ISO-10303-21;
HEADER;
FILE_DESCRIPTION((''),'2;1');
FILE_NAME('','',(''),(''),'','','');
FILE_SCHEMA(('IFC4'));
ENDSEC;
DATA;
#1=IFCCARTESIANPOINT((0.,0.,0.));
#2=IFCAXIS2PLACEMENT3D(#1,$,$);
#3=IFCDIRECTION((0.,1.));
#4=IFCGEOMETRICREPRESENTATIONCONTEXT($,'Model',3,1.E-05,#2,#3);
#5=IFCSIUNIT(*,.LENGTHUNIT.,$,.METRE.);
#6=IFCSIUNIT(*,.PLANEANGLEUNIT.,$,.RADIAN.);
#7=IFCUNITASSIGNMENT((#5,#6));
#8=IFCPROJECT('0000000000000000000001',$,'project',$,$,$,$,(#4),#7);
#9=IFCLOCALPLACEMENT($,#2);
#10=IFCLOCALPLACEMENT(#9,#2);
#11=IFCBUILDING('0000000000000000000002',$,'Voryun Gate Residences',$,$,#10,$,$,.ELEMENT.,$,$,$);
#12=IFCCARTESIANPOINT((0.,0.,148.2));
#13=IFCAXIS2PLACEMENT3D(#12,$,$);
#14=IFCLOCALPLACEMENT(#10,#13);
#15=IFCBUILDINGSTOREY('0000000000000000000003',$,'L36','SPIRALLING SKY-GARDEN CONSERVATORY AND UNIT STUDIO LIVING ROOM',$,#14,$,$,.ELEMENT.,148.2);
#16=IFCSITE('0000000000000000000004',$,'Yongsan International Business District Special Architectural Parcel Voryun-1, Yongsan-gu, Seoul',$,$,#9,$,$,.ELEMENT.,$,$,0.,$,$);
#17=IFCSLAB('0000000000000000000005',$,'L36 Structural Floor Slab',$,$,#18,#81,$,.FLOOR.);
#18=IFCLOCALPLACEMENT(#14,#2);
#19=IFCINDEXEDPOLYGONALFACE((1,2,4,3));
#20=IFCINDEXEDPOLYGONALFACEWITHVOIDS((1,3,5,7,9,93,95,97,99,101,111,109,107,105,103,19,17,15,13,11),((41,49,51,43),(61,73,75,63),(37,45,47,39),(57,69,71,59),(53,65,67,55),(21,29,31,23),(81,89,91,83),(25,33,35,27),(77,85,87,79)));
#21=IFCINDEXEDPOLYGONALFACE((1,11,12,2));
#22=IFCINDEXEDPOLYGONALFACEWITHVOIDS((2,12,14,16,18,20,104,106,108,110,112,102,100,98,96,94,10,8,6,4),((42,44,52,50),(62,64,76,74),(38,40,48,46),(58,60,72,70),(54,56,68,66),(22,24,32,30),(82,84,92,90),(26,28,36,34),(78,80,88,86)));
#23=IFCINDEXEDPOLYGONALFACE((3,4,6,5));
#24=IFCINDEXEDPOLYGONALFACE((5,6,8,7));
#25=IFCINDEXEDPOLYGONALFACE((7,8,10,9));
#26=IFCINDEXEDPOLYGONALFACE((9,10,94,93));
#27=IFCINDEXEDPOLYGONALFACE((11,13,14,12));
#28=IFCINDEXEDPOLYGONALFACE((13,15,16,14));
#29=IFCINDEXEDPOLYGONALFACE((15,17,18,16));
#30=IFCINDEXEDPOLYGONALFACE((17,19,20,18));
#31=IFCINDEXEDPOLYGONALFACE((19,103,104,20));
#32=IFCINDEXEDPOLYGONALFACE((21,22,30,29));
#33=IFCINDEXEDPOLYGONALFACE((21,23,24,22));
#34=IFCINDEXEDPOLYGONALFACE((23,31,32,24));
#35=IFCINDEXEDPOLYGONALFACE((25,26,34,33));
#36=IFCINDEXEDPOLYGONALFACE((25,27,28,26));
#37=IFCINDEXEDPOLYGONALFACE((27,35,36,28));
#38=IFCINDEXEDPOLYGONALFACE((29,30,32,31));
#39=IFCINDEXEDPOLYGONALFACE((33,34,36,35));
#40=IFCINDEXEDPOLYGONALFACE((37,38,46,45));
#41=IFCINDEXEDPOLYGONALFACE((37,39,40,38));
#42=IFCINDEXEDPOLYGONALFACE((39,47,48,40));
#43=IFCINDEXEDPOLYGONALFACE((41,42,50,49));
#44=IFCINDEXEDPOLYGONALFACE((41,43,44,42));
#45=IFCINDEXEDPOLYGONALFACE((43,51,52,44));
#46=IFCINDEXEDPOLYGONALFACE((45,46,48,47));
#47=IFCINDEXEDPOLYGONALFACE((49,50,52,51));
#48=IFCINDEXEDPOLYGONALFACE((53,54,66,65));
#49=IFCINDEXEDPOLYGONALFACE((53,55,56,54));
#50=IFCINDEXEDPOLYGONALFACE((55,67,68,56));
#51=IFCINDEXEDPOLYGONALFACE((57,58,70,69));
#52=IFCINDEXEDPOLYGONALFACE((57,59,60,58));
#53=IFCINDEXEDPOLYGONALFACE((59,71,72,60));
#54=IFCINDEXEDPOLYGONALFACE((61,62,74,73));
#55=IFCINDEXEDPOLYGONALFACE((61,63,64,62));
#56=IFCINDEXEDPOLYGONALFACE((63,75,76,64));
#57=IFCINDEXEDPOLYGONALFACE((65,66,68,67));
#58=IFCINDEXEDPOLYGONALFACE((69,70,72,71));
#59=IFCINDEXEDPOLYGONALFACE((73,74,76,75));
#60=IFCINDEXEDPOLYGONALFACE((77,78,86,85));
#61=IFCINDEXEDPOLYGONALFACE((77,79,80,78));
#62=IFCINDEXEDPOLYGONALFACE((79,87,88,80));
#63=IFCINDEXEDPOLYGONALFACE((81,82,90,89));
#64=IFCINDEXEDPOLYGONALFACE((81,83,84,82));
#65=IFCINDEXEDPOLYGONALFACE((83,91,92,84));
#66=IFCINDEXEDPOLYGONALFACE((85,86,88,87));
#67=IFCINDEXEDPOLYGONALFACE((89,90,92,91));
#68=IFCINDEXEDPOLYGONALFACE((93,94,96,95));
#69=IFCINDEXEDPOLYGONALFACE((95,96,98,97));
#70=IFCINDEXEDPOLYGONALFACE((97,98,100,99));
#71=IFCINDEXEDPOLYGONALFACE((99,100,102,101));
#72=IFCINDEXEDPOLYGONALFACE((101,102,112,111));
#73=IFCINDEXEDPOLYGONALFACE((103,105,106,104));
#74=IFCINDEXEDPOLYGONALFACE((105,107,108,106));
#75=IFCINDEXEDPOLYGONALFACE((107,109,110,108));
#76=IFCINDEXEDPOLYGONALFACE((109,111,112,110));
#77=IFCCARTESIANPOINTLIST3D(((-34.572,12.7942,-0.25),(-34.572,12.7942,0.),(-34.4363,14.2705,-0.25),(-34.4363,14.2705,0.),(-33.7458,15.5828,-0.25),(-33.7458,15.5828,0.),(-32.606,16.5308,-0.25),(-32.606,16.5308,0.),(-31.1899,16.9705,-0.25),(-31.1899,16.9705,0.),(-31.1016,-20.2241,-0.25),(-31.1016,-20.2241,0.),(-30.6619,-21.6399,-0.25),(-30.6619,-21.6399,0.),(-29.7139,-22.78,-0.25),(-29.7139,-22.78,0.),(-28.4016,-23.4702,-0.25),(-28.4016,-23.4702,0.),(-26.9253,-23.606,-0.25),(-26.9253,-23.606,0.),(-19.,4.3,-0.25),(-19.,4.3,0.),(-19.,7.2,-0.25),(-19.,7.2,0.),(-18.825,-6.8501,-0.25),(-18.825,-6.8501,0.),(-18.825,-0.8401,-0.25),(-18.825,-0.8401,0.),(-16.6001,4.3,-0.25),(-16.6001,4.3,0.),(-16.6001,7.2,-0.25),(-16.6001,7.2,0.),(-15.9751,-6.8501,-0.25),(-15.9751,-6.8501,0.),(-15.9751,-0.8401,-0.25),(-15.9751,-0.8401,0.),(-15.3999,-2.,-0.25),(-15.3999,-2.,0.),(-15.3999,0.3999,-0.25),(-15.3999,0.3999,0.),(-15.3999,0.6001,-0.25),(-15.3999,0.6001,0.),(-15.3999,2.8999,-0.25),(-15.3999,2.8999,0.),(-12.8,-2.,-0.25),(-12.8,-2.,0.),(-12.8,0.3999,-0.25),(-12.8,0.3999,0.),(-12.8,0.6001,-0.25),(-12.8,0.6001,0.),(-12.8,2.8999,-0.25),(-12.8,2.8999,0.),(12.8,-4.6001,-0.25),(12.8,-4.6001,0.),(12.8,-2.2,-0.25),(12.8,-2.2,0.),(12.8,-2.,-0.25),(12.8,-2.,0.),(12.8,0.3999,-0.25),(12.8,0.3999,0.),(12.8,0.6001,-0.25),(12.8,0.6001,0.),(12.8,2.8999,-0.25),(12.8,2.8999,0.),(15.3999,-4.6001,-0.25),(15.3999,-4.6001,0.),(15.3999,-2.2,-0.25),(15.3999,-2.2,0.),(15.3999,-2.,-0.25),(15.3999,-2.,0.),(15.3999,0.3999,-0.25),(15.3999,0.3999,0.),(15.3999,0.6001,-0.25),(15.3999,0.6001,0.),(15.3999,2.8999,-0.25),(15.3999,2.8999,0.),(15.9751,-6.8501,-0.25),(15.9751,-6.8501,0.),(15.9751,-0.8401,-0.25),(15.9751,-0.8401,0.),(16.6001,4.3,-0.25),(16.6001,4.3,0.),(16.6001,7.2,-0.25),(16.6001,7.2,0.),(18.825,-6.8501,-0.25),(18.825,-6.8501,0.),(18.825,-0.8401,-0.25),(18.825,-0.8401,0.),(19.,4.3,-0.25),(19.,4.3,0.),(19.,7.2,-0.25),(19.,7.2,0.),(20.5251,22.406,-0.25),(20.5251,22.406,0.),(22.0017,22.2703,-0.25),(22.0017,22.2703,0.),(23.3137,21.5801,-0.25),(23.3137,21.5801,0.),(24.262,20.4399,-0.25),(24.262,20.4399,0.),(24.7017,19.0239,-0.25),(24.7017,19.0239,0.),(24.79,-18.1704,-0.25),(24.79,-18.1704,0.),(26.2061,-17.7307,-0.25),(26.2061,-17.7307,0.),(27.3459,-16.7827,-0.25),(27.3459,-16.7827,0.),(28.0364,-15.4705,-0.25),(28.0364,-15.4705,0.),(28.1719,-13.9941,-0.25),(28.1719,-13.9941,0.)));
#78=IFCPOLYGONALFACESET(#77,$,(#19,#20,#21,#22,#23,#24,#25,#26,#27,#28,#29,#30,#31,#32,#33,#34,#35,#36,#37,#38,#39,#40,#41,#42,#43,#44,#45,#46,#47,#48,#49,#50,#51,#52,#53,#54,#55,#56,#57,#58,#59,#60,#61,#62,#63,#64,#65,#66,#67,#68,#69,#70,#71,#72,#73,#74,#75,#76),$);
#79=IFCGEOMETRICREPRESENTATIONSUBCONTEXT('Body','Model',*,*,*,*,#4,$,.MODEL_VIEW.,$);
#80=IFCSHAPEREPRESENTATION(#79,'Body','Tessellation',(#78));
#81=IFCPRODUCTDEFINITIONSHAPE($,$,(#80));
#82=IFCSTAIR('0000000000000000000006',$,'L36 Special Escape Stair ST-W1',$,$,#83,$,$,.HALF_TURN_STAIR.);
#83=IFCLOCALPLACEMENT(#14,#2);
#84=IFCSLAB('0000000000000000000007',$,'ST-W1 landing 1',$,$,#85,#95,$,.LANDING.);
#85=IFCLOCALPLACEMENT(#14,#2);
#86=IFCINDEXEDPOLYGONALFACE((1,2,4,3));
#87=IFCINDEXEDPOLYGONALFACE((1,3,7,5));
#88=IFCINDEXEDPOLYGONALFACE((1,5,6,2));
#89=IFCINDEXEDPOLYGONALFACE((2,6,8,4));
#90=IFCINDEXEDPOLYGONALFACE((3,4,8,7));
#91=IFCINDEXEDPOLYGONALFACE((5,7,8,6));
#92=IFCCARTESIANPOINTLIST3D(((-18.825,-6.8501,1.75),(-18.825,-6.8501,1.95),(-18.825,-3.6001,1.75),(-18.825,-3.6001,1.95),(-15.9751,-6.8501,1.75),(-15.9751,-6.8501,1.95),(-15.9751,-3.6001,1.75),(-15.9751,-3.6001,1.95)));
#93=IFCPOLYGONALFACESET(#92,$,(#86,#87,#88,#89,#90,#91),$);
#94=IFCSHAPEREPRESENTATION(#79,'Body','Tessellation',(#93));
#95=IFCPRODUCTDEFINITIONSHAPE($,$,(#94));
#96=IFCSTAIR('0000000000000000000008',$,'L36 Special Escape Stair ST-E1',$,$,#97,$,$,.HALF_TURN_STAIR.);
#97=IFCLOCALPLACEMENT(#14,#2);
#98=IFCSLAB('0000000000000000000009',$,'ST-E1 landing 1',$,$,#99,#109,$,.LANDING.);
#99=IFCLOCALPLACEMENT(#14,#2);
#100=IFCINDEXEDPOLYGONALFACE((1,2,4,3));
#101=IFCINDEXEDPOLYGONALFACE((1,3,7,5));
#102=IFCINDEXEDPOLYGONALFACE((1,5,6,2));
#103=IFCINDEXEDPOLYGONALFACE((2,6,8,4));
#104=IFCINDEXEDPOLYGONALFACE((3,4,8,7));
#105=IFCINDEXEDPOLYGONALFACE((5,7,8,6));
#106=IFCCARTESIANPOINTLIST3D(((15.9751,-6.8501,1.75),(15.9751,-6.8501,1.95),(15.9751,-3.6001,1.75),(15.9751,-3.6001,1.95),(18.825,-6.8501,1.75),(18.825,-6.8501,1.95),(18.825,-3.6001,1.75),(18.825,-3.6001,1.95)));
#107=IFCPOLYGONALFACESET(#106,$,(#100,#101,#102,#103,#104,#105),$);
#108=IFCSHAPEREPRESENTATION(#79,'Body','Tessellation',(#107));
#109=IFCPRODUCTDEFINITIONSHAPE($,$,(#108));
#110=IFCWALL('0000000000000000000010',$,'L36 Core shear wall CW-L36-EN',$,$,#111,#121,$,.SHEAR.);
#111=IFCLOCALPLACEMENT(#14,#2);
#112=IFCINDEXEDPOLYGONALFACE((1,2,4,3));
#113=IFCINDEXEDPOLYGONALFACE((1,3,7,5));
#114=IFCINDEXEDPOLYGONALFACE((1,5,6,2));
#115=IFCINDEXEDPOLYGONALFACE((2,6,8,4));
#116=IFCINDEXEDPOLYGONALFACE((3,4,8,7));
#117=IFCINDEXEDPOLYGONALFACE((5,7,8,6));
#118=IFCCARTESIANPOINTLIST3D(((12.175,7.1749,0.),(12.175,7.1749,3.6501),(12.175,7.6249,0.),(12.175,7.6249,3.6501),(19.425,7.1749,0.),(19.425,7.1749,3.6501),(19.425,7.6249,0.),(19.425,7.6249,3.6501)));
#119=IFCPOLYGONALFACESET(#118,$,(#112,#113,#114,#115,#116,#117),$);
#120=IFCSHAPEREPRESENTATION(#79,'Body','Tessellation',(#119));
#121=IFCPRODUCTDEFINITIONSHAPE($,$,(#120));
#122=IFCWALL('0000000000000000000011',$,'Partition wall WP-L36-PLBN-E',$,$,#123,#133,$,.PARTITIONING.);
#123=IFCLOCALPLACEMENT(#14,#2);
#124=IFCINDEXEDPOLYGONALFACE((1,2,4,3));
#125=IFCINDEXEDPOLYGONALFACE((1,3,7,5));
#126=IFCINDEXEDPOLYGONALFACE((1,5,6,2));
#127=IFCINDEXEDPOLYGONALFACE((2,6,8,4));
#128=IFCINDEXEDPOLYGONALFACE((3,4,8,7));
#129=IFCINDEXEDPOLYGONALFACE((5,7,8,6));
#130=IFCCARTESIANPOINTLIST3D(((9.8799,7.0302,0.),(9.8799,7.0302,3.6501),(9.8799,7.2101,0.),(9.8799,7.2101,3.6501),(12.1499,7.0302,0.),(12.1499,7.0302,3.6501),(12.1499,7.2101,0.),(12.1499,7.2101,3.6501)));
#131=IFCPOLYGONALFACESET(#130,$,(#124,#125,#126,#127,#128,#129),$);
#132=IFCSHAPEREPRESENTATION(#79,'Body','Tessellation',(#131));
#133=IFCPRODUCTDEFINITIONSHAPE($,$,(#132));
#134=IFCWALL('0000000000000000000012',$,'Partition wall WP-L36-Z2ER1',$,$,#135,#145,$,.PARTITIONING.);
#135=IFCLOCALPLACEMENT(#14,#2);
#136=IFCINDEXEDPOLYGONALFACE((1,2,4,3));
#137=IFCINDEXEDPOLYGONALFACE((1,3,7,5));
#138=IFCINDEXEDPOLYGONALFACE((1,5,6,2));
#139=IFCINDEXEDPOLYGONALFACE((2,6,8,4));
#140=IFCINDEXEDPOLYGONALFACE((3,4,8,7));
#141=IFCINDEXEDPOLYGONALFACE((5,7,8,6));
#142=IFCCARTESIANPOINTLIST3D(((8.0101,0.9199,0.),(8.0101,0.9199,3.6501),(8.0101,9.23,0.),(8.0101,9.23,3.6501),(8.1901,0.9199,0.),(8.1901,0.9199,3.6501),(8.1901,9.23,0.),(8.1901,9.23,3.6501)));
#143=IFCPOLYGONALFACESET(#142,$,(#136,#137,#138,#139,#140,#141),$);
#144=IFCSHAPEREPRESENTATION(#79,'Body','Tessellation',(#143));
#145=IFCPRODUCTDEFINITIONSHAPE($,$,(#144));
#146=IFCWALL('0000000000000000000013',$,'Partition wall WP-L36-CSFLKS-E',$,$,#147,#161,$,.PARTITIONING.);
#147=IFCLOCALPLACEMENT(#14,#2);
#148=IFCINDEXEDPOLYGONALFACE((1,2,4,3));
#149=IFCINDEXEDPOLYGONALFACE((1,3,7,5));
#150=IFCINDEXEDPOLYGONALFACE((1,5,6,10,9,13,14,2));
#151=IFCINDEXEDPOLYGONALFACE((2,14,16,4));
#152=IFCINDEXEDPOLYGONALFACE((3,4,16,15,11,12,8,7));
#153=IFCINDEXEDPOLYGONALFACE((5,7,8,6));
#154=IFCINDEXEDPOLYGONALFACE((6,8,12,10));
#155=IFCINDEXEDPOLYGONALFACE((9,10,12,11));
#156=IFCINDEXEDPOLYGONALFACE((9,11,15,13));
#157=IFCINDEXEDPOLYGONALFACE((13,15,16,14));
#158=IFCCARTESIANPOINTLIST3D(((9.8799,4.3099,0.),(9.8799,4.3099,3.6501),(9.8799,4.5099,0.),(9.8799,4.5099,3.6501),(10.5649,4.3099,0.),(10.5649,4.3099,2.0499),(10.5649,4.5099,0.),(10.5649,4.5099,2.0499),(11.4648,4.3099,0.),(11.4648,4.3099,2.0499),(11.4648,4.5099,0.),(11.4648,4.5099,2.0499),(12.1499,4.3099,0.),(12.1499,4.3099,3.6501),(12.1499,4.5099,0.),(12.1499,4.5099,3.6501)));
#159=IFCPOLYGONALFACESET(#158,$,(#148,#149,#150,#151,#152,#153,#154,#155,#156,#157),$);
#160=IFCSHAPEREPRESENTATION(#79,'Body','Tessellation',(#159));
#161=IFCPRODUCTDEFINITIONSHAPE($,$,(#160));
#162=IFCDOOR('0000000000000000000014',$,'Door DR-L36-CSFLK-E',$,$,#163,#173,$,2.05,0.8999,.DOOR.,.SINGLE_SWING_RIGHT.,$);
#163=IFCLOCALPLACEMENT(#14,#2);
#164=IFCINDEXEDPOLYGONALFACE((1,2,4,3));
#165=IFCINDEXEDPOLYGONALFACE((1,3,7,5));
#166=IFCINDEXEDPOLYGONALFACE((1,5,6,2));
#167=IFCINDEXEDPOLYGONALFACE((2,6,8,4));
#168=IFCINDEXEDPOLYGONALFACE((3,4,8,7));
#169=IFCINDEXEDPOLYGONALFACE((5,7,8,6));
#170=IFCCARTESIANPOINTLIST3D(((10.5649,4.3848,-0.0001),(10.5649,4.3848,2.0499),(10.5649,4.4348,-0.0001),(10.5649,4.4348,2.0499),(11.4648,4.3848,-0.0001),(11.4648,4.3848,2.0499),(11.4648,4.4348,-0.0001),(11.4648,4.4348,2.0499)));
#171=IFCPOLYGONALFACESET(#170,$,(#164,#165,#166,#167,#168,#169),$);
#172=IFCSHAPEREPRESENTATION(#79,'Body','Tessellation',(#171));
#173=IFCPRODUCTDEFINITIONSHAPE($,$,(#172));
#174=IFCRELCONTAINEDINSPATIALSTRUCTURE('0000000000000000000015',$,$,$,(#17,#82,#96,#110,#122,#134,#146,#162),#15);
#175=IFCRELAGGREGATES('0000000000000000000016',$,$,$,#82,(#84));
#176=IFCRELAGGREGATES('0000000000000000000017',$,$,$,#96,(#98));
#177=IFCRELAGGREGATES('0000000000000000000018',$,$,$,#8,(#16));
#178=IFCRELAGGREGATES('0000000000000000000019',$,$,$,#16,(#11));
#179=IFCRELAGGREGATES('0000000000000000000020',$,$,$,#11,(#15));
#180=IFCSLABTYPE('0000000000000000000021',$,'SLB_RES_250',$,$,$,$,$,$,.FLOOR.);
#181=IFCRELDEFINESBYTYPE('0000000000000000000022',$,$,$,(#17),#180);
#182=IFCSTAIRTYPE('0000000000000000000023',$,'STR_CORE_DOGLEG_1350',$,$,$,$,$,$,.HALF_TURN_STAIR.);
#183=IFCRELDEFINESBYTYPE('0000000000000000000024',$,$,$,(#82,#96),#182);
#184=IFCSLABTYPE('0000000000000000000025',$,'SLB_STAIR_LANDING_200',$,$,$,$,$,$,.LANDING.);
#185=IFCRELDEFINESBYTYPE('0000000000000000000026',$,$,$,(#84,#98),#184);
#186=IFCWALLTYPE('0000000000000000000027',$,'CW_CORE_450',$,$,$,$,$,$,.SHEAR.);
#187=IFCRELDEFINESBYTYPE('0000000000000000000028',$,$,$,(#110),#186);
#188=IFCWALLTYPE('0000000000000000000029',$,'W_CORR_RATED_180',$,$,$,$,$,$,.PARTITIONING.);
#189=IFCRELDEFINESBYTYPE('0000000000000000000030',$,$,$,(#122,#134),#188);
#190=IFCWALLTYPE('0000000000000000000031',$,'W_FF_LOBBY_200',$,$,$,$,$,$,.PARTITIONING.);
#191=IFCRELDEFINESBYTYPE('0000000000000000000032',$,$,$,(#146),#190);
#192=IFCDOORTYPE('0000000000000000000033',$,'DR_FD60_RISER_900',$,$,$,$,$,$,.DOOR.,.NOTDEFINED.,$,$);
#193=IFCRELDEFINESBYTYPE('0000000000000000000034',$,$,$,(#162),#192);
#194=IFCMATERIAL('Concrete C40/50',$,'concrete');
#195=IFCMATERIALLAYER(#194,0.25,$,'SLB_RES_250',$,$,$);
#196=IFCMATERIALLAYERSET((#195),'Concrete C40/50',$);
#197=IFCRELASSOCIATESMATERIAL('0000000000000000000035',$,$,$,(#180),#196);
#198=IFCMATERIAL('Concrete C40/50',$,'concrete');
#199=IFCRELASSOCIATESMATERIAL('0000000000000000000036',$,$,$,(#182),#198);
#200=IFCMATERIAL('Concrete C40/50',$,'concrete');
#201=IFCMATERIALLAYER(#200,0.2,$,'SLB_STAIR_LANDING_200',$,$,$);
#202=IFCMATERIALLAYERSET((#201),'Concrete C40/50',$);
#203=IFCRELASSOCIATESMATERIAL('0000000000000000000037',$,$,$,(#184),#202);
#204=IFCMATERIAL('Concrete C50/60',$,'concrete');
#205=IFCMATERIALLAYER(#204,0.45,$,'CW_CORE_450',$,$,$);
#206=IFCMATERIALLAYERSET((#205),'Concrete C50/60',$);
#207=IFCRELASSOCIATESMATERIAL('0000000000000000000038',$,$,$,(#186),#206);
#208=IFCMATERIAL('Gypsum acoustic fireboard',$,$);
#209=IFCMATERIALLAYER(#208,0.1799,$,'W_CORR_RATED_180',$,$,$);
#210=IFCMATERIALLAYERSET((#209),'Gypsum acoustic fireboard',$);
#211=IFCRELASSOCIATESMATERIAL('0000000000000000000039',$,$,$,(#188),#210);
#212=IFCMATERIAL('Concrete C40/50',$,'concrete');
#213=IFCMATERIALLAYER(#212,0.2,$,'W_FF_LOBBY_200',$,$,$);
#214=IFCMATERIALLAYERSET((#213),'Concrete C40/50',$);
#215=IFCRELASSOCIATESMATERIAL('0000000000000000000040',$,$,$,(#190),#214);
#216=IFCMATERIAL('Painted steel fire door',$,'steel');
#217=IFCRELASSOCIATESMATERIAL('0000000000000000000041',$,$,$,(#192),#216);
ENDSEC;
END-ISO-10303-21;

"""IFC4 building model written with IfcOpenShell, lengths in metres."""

from ifc_helpers import new_model, si_unit, direction, frame, frame_2d, origin, place, context, subcontext, project, spatial, polyline, rectangle, outline, extrude, material, layer, layer_set, type_object, element, fill, aggregate, save


model = new_model("IFC4")

# Units and contexts
model_context = context("Model", 3, precision=1e-05, world=origin(), true_north=direction((0.0, 1.0)))
body_context = subcontext(model_context, "Body", "Model", "MODEL_VIEW")
ifc_project = project(units=[si_unit("LENGTHUNIT", "METRE"), si_unit("PLANEANGLEUNIT", "RADIAN")], contexts=[model_context])

# Site, building, storey
site_placement = place(None, origin())
site = spatial("IfcSite", under=ifc_project, at=site_placement, Name="Yongsan International Business District Special Architectural Parcel Voryun-1, Yongsan-gu, Seoul", CompositionType="ELEMENT", RefElevation=0.0)
building_placement = place(site_placement, origin())
building = spatial("IfcBuilding", under=site, at=building_placement, Name="Voryun Gate Residences", CompositionType="ELEMENT")
storey_placement = place(building_placement, frame((0.0, 0.0, 148.2)))
storey = spatial("IfcBuildingStorey", under=building, at=storey_placement, Name="L36", Description="SPIRALLING SKY-GARDEN CONSERVATORY AND UNIT STUDIO LIVING ROOM", CompositionType="ELEMENT", Elevation=148.2)

# Slab
ifc_material_1 = material(Name="Concrete C40/50", Category="concrete")
ifc_layer_1 = layer(ifc_material_1, 0.25, Name="SLB_RES_250")
ifc_layer_set_1 = layer_set([ifc_layer_1], Name="Concrete C40/50")
slab_type_1 = type_object("IfcSlabType", Name="SLB_RES_250", PredefinedType="FLOOR", material=ifc_layer_set_1)
slab_1_placement = place(storey_placement, frame((0.0, 0.0, -0.25)))
element("IfcSlab", 1, at=slab_1_placement, inside=storey, type_object=slab_type_1, Name="L36 Structural Floor Slab", PredefinedType="FLOOR", context=body_context, shape_type="SweptSolid", body=[
    extrude(outline(polyline([(-26.9253, -23.606), (-28.4016, -23.4702), (-29.7139, -22.78), (-30.6619, -21.6399), (-31.1016, -20.2241), (-34.572, 12.7942), (-34.4363, 14.2705), (-33.7458, 15.5828), (-32.606, 16.5308), (-31.1899, 16.9705), (20.5251, 22.406), (22.0017, 22.2703), (23.3137, 21.5801), (24.262, 20.4399), (24.7017, 19.0239), (28.1719, -13.9941), (28.0364, -15.4705), (27.3459, -16.7827), (26.2061, -17.7307), (24.79, -18.1704), (-26.9253, -23.606)]), holes=[polyline([(-15.9751, -6.8501), (-15.9751, -0.8401), (-18.825, -0.8401), (-18.825, -6.8501), (-15.9751, -6.8501)]), polyline([(18.825, -6.8501), (18.825, -0.8401), (15.9751, -0.8401), (15.9751, -6.8501), (18.825, -6.8501)]), polyline([(15.3999, -2.2), (12.8, -2.2), (12.8, -4.6001), (15.3999, -4.6001), (15.3999, -2.2)]), polyline([(-12.8, 0.3999), (-15.3999, 0.3999), (-15.3999, -2.0), (-12.8, -2.0), (-12.8, 0.3999)]), polyline([(15.3999, 0.3999), (12.8, 0.3999), (12.8, -2.0), (15.3999, -2.0), (15.3999, 0.3999)]), polyline([(-12.8, 2.8999), (-15.3999, 2.8999), (-15.3999, 0.6001), (-12.8, 0.6001), (-12.8, 2.8999)]), polyline([(15.3999, 2.8999), (12.8, 2.8999), (12.8, 0.6001), (15.3999, 0.6001), (15.3999, 2.8999)]), polyline([(-16.6001, 4.3), (-16.6001, 7.2), (-19.0, 7.2), (-19.0, 4.3), (-16.6001, 4.3)]), polyline([(19.0, 4.3), (19.0, 7.2), (16.6001, 7.2), (16.6001, 4.3), (19.0, 4.3)])]), origin(), (0.0, 0.0, 1.0), 0.25),
])

# Stairs, slabs
ifc_material_2 = material(Name="Concrete C40/50", Category="concrete")
stair_type = type_object("IfcStairType", Name="STR_CORE_DOGLEG_1350", PredefinedType="HALF_TURN_STAIR", material=ifc_material_2)
stair_1_placement = place(storey_placement, origin())
stair_1 = element("IfcStair", 2, at=stair_1_placement, inside=storey, type_object=stair_type, Name="L36 Special Escape Stair ST-W1", PredefinedType="HALF_TURN_STAIR")
ifc_material_3 = material(Name="Concrete C40/50", Category="concrete")
ifc_layer_2 = layer(ifc_material_3, 0.2, Name="SLB_STAIR_LANDING_200")
ifc_layer_set_2 = layer_set([ifc_layer_2], Name="Concrete C40/50")
slab_type_2 = type_object("IfcSlabType", Name="SLB_STAIR_LANDING_200", PredefinedType="LANDING", material=ifc_layer_set_2)
slab_2_placement = place(storey_placement, frame((0.0, 0.0, 1.75)))
slab_2 = element("IfcSlab", 3, at=slab_2_placement, type_object=slab_type_2, Name="ST-W1 landing 1", PredefinedType="LANDING", context=body_context, shape_type="SweptSolid", body=[
    extrude(outline(polyline([(-18.825, -3.6001), (-18.825, -6.8501), (-15.9751, -6.8501), (-15.9751, -3.6001), (-18.825, -3.6001)])), origin(), (0.0, 0.0, 1.0), 0.2),
])
aggregate(stair_1, [slab_2])
stair_2_placement = place(storey_placement, origin())
stair_2 = element("IfcStair", 4, at=stair_2_placement, inside=storey, type_object=stair_type, Name="L36 Special Escape Stair ST-E1", PredefinedType="HALF_TURN_STAIR")
slab_3_placement = place(storey_placement, frame((0.0, 0.0, 1.75)))
slab_3 = element("IfcSlab", 5, at=slab_3_placement, type_object=slab_type_2, Name="ST-E1 landing 1", PredefinedType="LANDING", context=body_context, shape_type="SweptSolid", body=[
    extrude(outline(polyline([(15.9751, -3.6001), (15.9751, -6.8501), (18.825, -6.8501), (18.825, -3.6001), (15.9751, -3.6001)])), origin(), (0.0, 0.0, 1.0), 0.2),
])
aggregate(stair_2, [slab_3])

# Walls
ifc_material_4 = material(Name="Concrete C50/60", Category="concrete")
ifc_layer_3 = layer(ifc_material_4, 0.45, Name="CW_CORE_450")
ifc_layer_set_3 = layer_set([ifc_layer_3], Name="Concrete C50/60")
wall_type_1 = type_object("IfcWallType", Name="CW_CORE_450", PredefinedType="SHEAR", material=ifc_layer_set_3)
wall_1_placement = place(storey_placement, frame((12.175, 7.3999, 0.0), z_axis=(0.0, 0.0, 1.0), x_axis=(1.0, 0.0, 0.0)))
element("IfcWall", 6, at=wall_1_placement, inside=storey, type_object=wall_type_1, Name="L36 Core shear wall CW-L36-EN", PredefinedType="SHEAR", context=body_context, shape_type="SweptSolid", body=[
    extrude(rectangle(XDim=7.25, YDim=0.45, at=frame_2d((3.625, 0.0))), origin(), (0.0, 0.0, 1.0), 3.6501),
])
ifc_material_5 = material(Name="Gypsum acoustic fireboard")
ifc_layer_4 = layer(ifc_material_5, 0.1799, Name="W_CORR_RATED_180")
ifc_layer_set_4 = layer_set([ifc_layer_4], Name="Gypsum acoustic fireboard")
wall_type_2 = type_object("IfcWallType", Name="W_CORR_RATED_180", PredefinedType="PARTITIONING", material=ifc_layer_set_4)
wall_2_placement = place(storey_placement, frame((9.8799, 7.1201, 0.0), z_axis=(0.0, 0.0, 1.0), x_axis=(1.0, 0.0, 0.0)))
element("IfcWall", 7, at=wall_2_placement, inside=storey, type_object=wall_type_2, Name="Partition wall WP-L36-PLBN-E", PredefinedType="PARTITIONING", context=body_context, shape_type="SweptSolid", body=[
    extrude(rectangle(XDim=2.27, YDim=0.1799, at=frame_2d((1.135, 0.0))), origin(), (0.0, 0.0, 1.0), 3.6501),
])
wall_3_placement = place(storey_placement, frame((8.1001, 0.9199, 0.0), z_axis=(0.0, 0.0, 1.0), x_axis=(0.0, 1.0, 0.0)))
element("IfcWall", 8, at=wall_3_placement, inside=storey, type_object=wall_type_2, Name="Partition wall WP-L36-Z2ER1", PredefinedType="PARTITIONING", context=body_context, shape_type="SweptSolid", body=[
    extrude(rectangle(XDim=8.3101, YDim=0.1799, at=frame_2d((4.155, 0.0))), origin(), (0.0, 0.0, 1.0), 3.6501),
])

# Wall, opening, door
ifc_material_6 = material(Name="Concrete C40/50", Category="concrete")
ifc_layer_5 = layer(ifc_material_6, 0.2, Name="W_FF_LOBBY_200")
ifc_layer_set_5 = layer_set([ifc_layer_5], Name="Concrete C40/50")
wall_type_3 = type_object("IfcWallType", Name="W_FF_LOBBY_200", PredefinedType="PARTITIONING", material=ifc_layer_set_5)
wall_4_placement = place(storey_placement, frame((9.8799, 4.4099, 0.0), z_axis=(0.0, 0.0, 1.0), x_axis=(1.0, 0.0, 0.0)))
wall_4 = element("IfcWall", 9, at=wall_4_placement, inside=storey, type_object=wall_type_3, Name="Partition wall WP-L36-CSFLKS-E", PredefinedType="PARTITIONING", context=body_context, shape_type="SweptSolid", body=[
    extrude(rectangle(XDim=2.27, YDim=0.2, at=frame_2d((1.135, 0.0))), origin(), (0.0, 0.0, 1.0), 3.6501),
])
opening_placement = place(wall_4_placement, frame((0.6851, 0.0, 0.0)))
opening = element("IfcOpeningElement", 10, at=opening_placement, cuts=wall_4, PredefinedType="OPENING", context=body_context, shape_type="SweptSolid", body=[
    extrude(rectangle(XDim=0.8999, YDim=2.05, at=frame_2d((0.45, 1.0249))), frame((0.0, 0.1101, 0.0), z_axis=(0.0, -1.0, 0.0), x_axis=(1.0, 0.0, 0.0)), (0.0, 0.0, 1.0), 0.22),
])
ifc_material_7 = material(Name="Painted steel fire door", Category="steel")
door_type = type_object("IfcDoorType", Name="DR_FD60_RISER_900", OperationType="NOTDEFINED", PredefinedType="DOOR", material=ifc_material_7)
door_placement = place(opening_placement, origin())
door = element("IfcDoor", 11, at=door_placement, inside=storey, type_object=door_type, Name="Door DR-L36-CSFLK-E", OperationType="SINGLE_SWING_RIGHT", OverallHeight=2.05, OverallWidth=0.8999, PredefinedType="DOOR", context=body_context, shape_type="SweptSolid", body=[
    extrude(rectangle(XDim=0.8999, YDim=2.05, at=frame_2d((0.45, 1.0249))), frame((0.0, 0.0249, 0.0), z_axis=(0.0, -1.0, 0.0), x_axis=(1.0, 0.0, 0.0)), (0.0, 0.0, 1.0), 0.05),
])
fill(opening, door)

save(model, "model.ifc")
